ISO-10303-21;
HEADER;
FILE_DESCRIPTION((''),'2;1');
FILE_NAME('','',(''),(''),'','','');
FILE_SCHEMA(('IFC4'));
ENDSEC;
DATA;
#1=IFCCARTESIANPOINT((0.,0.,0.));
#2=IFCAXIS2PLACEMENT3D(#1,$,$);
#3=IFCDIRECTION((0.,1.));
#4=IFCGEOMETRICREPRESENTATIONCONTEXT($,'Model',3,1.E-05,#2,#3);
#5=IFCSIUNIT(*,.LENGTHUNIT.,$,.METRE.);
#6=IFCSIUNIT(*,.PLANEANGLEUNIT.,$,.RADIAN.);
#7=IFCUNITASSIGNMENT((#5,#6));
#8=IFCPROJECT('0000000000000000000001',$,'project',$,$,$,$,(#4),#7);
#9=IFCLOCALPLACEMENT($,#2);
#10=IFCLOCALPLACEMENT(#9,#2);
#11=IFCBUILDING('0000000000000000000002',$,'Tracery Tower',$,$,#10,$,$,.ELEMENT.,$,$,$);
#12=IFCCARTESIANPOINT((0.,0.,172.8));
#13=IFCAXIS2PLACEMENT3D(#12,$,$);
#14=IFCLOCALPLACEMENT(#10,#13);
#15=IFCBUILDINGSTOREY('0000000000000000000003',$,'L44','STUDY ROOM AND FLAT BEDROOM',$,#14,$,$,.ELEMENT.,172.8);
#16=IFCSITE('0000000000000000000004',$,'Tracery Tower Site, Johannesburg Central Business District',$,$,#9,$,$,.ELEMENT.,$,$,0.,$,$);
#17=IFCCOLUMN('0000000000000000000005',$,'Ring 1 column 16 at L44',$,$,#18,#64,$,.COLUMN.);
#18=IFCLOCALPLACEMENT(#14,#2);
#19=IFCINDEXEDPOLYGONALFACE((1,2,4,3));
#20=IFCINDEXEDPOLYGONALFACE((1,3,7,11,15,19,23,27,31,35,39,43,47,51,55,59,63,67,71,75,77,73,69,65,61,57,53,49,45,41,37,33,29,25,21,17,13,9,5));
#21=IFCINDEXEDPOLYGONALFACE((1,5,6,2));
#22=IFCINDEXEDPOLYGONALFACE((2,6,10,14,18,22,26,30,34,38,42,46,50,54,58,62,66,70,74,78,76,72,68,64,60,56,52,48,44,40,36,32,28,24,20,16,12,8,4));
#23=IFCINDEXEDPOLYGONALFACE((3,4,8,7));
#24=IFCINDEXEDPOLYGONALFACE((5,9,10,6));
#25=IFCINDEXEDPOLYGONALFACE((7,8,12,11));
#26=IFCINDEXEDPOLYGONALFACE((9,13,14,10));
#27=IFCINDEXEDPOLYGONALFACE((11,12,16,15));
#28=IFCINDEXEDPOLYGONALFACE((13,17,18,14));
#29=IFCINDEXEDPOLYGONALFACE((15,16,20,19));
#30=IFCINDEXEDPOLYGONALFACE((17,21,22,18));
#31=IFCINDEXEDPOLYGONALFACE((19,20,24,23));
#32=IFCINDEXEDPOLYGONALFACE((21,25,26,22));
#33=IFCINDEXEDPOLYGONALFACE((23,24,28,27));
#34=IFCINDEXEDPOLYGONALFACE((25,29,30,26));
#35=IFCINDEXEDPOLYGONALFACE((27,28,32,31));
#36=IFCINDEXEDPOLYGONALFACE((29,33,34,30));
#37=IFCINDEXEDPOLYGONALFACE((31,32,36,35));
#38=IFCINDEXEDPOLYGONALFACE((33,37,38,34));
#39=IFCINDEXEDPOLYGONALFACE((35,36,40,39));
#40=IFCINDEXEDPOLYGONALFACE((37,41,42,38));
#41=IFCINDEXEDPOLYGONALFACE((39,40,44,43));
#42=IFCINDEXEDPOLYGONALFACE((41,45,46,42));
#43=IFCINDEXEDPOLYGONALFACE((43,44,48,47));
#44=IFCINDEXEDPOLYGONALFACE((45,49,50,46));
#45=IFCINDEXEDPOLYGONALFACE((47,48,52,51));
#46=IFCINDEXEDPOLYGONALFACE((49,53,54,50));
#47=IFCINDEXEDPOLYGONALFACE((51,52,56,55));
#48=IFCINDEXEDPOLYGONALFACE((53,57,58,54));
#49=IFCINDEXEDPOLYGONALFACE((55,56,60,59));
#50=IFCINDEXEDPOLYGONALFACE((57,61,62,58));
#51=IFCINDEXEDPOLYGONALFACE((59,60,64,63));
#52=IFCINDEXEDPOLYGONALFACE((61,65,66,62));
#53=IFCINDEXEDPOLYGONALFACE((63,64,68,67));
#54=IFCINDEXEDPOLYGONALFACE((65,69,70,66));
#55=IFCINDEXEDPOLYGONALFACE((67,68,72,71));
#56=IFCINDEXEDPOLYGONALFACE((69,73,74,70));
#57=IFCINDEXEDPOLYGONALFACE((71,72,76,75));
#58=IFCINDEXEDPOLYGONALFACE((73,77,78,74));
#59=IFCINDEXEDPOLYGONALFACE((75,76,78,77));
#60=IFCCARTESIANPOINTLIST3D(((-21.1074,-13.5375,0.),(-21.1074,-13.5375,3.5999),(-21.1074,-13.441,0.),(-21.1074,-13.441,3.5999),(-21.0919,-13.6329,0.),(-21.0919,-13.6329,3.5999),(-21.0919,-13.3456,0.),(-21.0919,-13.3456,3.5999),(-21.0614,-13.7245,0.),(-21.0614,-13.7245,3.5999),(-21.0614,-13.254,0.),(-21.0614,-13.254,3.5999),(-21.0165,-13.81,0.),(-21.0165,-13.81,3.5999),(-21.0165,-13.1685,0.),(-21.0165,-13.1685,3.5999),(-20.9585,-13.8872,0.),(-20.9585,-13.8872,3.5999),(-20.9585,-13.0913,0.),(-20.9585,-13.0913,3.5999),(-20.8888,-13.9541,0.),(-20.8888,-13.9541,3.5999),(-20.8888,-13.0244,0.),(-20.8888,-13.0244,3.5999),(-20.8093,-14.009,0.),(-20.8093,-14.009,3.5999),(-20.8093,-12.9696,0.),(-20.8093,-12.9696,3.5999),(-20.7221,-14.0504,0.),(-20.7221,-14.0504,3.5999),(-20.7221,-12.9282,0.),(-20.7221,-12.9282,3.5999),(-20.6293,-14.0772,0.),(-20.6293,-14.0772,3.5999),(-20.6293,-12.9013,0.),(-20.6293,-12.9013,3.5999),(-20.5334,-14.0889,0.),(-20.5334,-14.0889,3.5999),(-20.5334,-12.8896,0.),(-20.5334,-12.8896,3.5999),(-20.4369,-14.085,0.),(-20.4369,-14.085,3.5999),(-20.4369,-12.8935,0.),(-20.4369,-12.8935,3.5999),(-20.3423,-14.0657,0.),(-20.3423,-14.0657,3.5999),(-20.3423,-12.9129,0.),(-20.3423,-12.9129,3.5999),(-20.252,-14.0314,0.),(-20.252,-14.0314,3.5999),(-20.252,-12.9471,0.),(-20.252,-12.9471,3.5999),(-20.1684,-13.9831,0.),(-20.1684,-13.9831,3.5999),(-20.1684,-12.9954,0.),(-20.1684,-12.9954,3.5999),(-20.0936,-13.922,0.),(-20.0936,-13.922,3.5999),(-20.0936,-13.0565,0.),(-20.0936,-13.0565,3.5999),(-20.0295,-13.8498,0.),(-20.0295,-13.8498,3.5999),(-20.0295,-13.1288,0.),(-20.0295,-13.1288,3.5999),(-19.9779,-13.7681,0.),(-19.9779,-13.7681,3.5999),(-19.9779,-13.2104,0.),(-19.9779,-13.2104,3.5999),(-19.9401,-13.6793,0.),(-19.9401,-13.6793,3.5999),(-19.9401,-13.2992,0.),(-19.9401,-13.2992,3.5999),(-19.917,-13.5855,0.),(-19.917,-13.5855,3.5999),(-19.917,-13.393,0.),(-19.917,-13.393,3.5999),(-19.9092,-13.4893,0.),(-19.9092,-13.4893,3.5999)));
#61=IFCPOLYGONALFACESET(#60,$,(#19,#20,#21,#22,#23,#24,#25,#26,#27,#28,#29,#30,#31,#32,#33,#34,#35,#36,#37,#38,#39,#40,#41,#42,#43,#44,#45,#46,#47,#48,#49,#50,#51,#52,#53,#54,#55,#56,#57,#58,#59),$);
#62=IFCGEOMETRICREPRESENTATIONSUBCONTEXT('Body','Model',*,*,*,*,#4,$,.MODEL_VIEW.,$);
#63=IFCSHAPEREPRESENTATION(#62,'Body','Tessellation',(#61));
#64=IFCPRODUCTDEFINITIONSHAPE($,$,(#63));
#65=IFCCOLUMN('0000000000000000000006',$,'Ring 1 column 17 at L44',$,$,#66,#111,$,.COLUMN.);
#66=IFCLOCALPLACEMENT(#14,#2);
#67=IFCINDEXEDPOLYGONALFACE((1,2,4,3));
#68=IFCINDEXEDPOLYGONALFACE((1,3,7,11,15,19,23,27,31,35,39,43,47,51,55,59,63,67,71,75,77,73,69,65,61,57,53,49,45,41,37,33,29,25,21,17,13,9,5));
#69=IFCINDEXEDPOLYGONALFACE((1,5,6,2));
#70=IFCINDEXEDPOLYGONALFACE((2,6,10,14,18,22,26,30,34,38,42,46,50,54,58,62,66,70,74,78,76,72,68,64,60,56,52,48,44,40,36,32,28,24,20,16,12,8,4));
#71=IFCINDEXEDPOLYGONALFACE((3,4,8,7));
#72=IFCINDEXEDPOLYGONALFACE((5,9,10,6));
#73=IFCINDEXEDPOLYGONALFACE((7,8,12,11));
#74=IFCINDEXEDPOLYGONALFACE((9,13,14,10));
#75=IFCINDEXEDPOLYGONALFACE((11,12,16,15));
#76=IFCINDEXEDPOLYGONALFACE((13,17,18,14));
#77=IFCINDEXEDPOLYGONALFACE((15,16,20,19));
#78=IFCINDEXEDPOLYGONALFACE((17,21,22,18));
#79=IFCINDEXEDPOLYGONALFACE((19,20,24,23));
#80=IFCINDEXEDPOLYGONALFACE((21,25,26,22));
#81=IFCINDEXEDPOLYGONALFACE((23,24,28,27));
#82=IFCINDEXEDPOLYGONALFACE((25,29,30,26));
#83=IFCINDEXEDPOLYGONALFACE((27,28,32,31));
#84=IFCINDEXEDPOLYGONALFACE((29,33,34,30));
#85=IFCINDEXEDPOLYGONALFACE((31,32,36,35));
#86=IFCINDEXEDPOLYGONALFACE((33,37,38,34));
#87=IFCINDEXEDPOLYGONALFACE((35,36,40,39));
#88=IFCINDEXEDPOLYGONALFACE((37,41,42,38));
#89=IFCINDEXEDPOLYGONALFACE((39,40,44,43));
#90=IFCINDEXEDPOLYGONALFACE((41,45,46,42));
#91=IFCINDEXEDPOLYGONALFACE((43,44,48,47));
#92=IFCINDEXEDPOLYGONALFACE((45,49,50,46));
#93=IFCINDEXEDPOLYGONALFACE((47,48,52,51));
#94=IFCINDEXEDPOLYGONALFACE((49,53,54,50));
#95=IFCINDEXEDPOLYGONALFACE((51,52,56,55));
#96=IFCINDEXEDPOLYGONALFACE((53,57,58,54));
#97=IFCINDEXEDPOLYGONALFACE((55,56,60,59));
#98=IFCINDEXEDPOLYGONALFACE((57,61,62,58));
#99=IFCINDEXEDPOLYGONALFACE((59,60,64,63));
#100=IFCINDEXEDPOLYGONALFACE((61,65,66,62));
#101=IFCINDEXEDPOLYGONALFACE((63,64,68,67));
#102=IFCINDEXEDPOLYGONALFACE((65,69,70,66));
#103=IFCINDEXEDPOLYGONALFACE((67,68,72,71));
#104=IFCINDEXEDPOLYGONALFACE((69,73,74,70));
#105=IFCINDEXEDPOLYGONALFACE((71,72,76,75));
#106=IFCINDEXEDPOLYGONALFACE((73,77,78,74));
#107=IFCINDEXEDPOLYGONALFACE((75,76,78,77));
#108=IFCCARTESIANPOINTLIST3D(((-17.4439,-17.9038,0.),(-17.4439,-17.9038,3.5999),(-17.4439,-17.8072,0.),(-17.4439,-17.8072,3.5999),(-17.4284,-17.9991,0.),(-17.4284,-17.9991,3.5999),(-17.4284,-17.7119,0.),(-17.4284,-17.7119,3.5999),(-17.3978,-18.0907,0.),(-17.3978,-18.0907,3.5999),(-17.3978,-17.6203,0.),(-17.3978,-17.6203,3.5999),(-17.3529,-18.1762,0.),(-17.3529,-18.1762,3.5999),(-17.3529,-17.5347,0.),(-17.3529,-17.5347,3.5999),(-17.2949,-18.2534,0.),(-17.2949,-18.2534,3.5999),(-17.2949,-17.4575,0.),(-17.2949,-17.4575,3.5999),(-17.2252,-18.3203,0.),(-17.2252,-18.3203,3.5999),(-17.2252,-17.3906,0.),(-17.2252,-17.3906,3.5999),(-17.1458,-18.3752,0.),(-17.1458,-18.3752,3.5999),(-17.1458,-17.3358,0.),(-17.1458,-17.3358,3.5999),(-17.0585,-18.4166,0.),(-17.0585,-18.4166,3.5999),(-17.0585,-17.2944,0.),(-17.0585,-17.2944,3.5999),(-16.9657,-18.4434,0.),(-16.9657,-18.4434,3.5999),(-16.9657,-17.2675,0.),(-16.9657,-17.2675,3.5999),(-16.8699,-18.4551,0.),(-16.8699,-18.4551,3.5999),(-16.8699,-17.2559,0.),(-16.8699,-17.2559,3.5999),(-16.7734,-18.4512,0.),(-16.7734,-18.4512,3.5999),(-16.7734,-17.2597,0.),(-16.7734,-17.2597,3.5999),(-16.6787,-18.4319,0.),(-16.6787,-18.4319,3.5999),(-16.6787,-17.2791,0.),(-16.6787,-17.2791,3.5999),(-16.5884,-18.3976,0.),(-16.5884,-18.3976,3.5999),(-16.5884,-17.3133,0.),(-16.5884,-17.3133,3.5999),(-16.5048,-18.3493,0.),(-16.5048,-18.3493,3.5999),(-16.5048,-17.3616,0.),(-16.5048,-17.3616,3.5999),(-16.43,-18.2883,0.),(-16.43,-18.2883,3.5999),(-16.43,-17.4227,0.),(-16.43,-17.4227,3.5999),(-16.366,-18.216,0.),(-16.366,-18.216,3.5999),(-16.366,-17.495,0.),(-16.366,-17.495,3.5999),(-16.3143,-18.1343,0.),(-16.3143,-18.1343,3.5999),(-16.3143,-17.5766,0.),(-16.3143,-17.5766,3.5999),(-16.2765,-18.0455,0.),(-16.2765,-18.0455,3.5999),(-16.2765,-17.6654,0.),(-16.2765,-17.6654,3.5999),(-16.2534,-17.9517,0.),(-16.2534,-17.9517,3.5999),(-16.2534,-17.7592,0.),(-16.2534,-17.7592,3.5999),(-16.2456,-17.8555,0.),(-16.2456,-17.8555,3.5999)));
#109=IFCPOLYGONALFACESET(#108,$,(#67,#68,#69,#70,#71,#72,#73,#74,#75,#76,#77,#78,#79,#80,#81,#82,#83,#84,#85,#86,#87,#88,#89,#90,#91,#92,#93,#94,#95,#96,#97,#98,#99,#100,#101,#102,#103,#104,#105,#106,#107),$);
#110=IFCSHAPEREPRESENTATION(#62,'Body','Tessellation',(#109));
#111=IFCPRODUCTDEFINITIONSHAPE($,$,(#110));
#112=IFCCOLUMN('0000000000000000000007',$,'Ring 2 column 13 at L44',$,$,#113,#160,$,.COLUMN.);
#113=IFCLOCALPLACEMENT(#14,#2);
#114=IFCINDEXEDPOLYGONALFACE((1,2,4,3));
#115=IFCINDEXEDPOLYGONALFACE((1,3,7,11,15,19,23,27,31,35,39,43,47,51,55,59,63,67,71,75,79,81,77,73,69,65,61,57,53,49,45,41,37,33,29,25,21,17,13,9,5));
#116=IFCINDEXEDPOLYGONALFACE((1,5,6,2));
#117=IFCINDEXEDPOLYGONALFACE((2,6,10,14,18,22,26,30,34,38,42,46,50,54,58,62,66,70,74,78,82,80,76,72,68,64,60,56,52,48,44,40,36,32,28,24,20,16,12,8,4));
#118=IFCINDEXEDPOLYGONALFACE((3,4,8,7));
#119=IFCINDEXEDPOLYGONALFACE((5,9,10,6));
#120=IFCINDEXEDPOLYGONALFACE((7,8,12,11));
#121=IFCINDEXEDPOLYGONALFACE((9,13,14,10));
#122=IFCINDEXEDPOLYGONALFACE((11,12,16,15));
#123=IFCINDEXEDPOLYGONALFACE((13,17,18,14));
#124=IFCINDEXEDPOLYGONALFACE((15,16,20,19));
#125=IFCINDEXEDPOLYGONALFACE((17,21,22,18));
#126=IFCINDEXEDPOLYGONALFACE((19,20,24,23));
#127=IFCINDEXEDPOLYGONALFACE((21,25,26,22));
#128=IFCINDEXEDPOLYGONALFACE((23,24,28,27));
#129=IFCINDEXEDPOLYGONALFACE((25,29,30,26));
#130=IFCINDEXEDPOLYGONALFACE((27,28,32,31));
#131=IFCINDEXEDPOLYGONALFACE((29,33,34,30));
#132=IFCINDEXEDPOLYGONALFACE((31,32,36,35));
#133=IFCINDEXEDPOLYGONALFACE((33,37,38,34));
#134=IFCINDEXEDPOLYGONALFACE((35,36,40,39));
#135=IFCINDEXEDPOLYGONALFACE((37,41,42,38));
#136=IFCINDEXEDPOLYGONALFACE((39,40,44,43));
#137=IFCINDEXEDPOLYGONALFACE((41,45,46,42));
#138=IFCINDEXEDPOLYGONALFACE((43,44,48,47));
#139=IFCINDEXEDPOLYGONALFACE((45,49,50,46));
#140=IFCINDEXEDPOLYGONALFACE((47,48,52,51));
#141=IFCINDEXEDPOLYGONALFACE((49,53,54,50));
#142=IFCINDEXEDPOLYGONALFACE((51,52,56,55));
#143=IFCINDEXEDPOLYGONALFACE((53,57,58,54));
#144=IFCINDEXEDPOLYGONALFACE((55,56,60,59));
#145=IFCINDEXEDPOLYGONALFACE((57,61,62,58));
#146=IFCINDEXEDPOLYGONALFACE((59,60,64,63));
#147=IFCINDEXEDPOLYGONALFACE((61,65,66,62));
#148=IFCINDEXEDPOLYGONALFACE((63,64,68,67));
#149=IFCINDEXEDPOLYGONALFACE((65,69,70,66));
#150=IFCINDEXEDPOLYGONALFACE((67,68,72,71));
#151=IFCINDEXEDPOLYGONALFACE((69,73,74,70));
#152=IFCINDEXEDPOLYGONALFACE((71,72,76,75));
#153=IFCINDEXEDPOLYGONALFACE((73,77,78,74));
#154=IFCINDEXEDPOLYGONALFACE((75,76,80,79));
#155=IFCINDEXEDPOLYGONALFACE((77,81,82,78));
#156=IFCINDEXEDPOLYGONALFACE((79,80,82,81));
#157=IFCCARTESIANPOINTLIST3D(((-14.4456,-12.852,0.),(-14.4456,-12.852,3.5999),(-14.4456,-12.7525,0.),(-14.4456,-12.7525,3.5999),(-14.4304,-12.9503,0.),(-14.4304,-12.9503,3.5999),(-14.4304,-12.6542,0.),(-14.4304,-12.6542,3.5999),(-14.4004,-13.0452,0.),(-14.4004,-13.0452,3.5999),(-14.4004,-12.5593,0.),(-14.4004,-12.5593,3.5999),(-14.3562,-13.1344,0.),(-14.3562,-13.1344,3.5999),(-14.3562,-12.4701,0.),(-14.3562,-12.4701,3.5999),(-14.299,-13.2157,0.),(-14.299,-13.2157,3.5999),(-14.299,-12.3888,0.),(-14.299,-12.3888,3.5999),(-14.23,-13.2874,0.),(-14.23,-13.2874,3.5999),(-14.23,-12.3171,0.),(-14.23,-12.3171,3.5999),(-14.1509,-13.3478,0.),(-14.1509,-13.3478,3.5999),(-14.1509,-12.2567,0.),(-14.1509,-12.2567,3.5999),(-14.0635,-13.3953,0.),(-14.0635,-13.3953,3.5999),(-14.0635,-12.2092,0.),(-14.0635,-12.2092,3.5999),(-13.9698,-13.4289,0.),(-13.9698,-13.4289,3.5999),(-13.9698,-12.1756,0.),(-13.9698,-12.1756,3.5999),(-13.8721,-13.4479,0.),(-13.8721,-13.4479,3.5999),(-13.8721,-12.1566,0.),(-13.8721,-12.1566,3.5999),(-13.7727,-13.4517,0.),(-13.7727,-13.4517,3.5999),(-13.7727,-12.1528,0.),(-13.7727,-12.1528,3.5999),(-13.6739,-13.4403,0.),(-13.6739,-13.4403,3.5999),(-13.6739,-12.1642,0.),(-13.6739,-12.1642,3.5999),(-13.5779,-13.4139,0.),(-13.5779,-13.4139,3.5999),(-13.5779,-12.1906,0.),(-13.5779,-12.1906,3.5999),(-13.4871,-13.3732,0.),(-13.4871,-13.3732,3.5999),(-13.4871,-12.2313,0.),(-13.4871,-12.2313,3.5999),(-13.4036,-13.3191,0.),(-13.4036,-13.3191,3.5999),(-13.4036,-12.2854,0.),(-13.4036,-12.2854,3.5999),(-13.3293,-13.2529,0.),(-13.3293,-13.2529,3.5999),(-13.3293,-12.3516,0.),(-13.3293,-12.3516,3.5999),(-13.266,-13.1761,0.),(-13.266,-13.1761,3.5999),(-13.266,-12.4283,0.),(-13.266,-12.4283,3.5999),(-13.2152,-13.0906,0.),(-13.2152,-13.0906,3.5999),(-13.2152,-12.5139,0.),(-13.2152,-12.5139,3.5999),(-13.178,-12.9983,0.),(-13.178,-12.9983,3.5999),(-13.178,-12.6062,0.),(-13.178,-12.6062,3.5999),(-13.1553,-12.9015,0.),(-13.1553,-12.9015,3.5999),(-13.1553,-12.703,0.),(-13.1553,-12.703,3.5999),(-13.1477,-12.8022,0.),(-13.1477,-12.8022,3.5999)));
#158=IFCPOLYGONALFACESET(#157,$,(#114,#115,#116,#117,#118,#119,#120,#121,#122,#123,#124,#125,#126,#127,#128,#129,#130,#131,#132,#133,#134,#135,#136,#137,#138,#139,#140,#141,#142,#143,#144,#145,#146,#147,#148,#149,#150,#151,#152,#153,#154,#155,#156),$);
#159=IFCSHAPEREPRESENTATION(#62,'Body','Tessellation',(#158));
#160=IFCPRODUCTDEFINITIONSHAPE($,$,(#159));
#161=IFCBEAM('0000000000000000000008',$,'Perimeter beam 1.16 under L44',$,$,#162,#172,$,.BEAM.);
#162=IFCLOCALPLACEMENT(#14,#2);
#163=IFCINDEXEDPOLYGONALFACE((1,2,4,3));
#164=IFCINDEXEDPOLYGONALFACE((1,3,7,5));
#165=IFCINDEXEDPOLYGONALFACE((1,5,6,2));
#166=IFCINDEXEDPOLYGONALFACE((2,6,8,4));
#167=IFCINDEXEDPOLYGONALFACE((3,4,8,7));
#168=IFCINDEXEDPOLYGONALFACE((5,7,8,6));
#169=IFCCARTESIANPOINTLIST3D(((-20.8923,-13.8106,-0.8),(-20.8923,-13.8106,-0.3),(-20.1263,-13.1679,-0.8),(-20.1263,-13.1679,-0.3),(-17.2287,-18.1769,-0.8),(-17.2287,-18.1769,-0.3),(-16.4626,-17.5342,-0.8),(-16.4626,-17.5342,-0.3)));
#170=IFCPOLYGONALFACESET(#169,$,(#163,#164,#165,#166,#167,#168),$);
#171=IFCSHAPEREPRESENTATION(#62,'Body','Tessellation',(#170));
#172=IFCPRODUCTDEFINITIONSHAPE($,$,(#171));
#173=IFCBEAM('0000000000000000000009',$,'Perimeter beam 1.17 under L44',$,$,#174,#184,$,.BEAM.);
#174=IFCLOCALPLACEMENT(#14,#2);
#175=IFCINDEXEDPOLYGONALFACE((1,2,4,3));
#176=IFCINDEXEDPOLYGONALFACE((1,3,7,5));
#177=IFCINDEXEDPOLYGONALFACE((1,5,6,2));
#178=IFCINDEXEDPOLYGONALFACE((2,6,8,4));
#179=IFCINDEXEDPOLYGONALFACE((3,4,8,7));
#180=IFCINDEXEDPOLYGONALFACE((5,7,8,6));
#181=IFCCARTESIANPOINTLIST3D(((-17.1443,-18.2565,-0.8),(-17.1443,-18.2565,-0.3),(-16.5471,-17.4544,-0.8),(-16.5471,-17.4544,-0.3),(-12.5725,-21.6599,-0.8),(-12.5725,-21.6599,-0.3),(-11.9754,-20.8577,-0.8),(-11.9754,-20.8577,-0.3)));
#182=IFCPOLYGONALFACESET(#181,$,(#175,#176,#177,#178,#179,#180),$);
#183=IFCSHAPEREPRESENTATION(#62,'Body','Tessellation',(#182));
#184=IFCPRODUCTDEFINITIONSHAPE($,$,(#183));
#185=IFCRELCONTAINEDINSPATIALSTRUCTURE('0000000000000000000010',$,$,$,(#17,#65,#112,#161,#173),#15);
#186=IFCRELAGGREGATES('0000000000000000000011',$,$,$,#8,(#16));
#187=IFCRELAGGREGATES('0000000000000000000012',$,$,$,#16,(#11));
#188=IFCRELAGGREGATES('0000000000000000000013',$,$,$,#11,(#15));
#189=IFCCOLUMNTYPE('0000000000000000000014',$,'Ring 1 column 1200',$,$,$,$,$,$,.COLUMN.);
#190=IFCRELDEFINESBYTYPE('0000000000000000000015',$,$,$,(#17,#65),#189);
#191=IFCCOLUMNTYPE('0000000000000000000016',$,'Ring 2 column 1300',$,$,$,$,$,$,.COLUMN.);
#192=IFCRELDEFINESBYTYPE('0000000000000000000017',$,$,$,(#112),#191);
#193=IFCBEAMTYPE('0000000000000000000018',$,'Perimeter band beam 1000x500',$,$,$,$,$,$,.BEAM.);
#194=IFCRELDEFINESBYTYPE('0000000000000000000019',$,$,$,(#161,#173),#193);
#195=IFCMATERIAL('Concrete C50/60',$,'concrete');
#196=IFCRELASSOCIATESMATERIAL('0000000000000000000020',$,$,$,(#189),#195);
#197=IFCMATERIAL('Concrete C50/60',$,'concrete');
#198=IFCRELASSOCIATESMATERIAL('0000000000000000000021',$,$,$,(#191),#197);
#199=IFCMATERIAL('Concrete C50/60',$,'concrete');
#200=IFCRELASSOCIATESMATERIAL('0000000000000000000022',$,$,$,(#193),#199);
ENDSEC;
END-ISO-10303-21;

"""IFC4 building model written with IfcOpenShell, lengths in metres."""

from ifc_helpers import new_model, si_unit, direction, frame, origin, origin_2d, place, context, subcontext, project, spatial, rectangle, circle, extrude, material, material_profile, profile_set, type_object, element, save


model = new_model("IFC4")

# Units and contexts
model_context = context("Model", 3, precision=1e-05, world=origin(), true_north=direction((0.0, 1.0)))
body_context = subcontext(model_context, "Body", "Model", "MODEL_VIEW")
ifc_project = project(units=[si_unit("LENGTHUNIT", "METRE"), si_unit("PLANEANGLEUNIT", "RADIAN")], contexts=[model_context])

# Site, building, storey
site_placement = place(None, origin())
site = spatial("IfcSite", under=ifc_project, at=site_placement, Name="Tracery Tower Site, Johannesburg Central Business District", CompositionType="ELEMENT", RefElevation=0.0)
building_placement = place(site_placement, origin())
building = spatial("IfcBuilding", under=site, at=building_placement, Name="Tracery Tower", CompositionType="ELEMENT")
storey_placement = place(building_placement, frame((0.0, 0.0, 172.8)))
storey = spatial("IfcBuildingStorey", under=building, at=storey_placement, Name="L44", Description="STUDY ROOM AND FLAT BEDROOM", CompositionType="ELEMENT", Elevation=172.8)

# Columns
ifc_material_1 = material(Name="Concrete C50/60", Category="concrete")
ifc_material_profile_1 = material_profile(ifc_material_1, circle(Radius=0.6001, at=origin_2d()), Name="RC D1200")
ifc_profile_set_1 = profile_set([ifc_material_profile_1], Name="Concrete C50/60")
column_type_1 = type_object("IfcColumnType", Name="Ring 1 column 1200", PredefinedType="COLUMN", material=ifc_profile_set_1)
for number, where, z_axis, x_axis, name in (
    (1, (-20.5093, -13.4893, 0.0), (0.0, 0.0, 1.0), (1.0, 0.0, 0.0), "Ring 1 column 16 at L44"),
    (2, (-16.8457, -17.8555, 0.0), (0.0, 0.0, 1.0), (1.0, 0.0, 0.0), "Ring 1 column 17 at L44"),
):
    element("IfcColumn", number, at=place(storey_placement, frame(where, z_axis=z_axis, x_axis=x_axis)), inside=storey, type_object=column_type_1, Name=name, PredefinedType="COLUMN", context=body_context, shape_type="SweptSolid", body=[
        extrude(circle(Radius=0.6001, at=origin_2d()), origin(), (0.0, 0.0, 1.0), 3.5999),
    ])
ifc_material_2 = material(Name="Concrete C50/60", Category="concrete")
ifc_material_profile_2 = material_profile(ifc_material_2, circle(Radius=0.6499, at=origin_2d()), Name="RC D1300")
ifc_profile_set_2 = profile_set([ifc_material_profile_2], Name="Concrete C50/60")
column_type_2 = type_object("IfcColumnType", Name="Ring 2 column 1300", PredefinedType="COLUMN", material=ifc_profile_set_2)
column_placement = place(storey_placement, frame((-13.7976, -12.8022, 0.0), z_axis=(0.0, 0.0, 1.0), x_axis=(1.0, 0.0, 0.0)))
element("IfcColumn", 3, at=column_placement, inside=storey, type_object=column_type_2, Name="Ring 2 column 13 at L44", PredefinedType="COLUMN", context=body_context, shape_type="SweptSolid", body=[
    extrude(circle(Radius=0.6499, at=origin_2d()), origin(), (0.0, 0.0, 1.0), 3.5999),
])

# Beams
ifc_material_3 = material(Name="Concrete C50/60", Category="concrete")
ifc_material_profile_3 = material_profile(ifc_material_3, rectangle(XDim=1.0, YDim=0.5, at=origin_2d()), Name="RC 1000x500")
ifc_profile_set_3 = profile_set([ifc_material_profile_3], Name="Concrete C50/60")
beam_type = type_object("IfcBeamType", Name="Perimeter band beam 1000x500", PredefinedType="BEAM", material=ifc_profile_set_3)
beam_1_placement = place(storey_placement, frame((-20.5093, -13.4893, -0.55), z_axis=(0.642776, -0.766054, 0.0), x_axis=(0.766054, 0.642776, 0.0)))
element("IfcBeam", 4, at=beam_1_placement, inside=storey, type_object=beam_type, Name="Perimeter beam 1.16 under L44", PredefinedType="BEAM", context=body_context, shape_type="SweptSolid", body=[
    extrude(rectangle(XDim=1.0, YDim=0.5, at=origin_2d()), origin(), (0.0, 0.0, 1.0), 5.6997),
])
beam_2_placement = place(storey_placement, frame((-16.8457, -17.8555, -0.55), z_axis=(0.802144, -0.597131, 0.0), x_axis=(0.597131, 0.802144, 0.0)))
element("IfcBeam", 5, at=beam_2_placement, inside=storey, type_object=beam_type, Name="Perimeter beam 1.17 under L44", PredefinedType="BEAM", context=body_context, shape_type="SweptSolid", body=[
    extrude(rectangle(XDim=1.0, YDim=0.5, at=origin_2d()), origin(), (0.0, 0.0, 1.0), 5.6995),
])

save(model, "model.ifc")
